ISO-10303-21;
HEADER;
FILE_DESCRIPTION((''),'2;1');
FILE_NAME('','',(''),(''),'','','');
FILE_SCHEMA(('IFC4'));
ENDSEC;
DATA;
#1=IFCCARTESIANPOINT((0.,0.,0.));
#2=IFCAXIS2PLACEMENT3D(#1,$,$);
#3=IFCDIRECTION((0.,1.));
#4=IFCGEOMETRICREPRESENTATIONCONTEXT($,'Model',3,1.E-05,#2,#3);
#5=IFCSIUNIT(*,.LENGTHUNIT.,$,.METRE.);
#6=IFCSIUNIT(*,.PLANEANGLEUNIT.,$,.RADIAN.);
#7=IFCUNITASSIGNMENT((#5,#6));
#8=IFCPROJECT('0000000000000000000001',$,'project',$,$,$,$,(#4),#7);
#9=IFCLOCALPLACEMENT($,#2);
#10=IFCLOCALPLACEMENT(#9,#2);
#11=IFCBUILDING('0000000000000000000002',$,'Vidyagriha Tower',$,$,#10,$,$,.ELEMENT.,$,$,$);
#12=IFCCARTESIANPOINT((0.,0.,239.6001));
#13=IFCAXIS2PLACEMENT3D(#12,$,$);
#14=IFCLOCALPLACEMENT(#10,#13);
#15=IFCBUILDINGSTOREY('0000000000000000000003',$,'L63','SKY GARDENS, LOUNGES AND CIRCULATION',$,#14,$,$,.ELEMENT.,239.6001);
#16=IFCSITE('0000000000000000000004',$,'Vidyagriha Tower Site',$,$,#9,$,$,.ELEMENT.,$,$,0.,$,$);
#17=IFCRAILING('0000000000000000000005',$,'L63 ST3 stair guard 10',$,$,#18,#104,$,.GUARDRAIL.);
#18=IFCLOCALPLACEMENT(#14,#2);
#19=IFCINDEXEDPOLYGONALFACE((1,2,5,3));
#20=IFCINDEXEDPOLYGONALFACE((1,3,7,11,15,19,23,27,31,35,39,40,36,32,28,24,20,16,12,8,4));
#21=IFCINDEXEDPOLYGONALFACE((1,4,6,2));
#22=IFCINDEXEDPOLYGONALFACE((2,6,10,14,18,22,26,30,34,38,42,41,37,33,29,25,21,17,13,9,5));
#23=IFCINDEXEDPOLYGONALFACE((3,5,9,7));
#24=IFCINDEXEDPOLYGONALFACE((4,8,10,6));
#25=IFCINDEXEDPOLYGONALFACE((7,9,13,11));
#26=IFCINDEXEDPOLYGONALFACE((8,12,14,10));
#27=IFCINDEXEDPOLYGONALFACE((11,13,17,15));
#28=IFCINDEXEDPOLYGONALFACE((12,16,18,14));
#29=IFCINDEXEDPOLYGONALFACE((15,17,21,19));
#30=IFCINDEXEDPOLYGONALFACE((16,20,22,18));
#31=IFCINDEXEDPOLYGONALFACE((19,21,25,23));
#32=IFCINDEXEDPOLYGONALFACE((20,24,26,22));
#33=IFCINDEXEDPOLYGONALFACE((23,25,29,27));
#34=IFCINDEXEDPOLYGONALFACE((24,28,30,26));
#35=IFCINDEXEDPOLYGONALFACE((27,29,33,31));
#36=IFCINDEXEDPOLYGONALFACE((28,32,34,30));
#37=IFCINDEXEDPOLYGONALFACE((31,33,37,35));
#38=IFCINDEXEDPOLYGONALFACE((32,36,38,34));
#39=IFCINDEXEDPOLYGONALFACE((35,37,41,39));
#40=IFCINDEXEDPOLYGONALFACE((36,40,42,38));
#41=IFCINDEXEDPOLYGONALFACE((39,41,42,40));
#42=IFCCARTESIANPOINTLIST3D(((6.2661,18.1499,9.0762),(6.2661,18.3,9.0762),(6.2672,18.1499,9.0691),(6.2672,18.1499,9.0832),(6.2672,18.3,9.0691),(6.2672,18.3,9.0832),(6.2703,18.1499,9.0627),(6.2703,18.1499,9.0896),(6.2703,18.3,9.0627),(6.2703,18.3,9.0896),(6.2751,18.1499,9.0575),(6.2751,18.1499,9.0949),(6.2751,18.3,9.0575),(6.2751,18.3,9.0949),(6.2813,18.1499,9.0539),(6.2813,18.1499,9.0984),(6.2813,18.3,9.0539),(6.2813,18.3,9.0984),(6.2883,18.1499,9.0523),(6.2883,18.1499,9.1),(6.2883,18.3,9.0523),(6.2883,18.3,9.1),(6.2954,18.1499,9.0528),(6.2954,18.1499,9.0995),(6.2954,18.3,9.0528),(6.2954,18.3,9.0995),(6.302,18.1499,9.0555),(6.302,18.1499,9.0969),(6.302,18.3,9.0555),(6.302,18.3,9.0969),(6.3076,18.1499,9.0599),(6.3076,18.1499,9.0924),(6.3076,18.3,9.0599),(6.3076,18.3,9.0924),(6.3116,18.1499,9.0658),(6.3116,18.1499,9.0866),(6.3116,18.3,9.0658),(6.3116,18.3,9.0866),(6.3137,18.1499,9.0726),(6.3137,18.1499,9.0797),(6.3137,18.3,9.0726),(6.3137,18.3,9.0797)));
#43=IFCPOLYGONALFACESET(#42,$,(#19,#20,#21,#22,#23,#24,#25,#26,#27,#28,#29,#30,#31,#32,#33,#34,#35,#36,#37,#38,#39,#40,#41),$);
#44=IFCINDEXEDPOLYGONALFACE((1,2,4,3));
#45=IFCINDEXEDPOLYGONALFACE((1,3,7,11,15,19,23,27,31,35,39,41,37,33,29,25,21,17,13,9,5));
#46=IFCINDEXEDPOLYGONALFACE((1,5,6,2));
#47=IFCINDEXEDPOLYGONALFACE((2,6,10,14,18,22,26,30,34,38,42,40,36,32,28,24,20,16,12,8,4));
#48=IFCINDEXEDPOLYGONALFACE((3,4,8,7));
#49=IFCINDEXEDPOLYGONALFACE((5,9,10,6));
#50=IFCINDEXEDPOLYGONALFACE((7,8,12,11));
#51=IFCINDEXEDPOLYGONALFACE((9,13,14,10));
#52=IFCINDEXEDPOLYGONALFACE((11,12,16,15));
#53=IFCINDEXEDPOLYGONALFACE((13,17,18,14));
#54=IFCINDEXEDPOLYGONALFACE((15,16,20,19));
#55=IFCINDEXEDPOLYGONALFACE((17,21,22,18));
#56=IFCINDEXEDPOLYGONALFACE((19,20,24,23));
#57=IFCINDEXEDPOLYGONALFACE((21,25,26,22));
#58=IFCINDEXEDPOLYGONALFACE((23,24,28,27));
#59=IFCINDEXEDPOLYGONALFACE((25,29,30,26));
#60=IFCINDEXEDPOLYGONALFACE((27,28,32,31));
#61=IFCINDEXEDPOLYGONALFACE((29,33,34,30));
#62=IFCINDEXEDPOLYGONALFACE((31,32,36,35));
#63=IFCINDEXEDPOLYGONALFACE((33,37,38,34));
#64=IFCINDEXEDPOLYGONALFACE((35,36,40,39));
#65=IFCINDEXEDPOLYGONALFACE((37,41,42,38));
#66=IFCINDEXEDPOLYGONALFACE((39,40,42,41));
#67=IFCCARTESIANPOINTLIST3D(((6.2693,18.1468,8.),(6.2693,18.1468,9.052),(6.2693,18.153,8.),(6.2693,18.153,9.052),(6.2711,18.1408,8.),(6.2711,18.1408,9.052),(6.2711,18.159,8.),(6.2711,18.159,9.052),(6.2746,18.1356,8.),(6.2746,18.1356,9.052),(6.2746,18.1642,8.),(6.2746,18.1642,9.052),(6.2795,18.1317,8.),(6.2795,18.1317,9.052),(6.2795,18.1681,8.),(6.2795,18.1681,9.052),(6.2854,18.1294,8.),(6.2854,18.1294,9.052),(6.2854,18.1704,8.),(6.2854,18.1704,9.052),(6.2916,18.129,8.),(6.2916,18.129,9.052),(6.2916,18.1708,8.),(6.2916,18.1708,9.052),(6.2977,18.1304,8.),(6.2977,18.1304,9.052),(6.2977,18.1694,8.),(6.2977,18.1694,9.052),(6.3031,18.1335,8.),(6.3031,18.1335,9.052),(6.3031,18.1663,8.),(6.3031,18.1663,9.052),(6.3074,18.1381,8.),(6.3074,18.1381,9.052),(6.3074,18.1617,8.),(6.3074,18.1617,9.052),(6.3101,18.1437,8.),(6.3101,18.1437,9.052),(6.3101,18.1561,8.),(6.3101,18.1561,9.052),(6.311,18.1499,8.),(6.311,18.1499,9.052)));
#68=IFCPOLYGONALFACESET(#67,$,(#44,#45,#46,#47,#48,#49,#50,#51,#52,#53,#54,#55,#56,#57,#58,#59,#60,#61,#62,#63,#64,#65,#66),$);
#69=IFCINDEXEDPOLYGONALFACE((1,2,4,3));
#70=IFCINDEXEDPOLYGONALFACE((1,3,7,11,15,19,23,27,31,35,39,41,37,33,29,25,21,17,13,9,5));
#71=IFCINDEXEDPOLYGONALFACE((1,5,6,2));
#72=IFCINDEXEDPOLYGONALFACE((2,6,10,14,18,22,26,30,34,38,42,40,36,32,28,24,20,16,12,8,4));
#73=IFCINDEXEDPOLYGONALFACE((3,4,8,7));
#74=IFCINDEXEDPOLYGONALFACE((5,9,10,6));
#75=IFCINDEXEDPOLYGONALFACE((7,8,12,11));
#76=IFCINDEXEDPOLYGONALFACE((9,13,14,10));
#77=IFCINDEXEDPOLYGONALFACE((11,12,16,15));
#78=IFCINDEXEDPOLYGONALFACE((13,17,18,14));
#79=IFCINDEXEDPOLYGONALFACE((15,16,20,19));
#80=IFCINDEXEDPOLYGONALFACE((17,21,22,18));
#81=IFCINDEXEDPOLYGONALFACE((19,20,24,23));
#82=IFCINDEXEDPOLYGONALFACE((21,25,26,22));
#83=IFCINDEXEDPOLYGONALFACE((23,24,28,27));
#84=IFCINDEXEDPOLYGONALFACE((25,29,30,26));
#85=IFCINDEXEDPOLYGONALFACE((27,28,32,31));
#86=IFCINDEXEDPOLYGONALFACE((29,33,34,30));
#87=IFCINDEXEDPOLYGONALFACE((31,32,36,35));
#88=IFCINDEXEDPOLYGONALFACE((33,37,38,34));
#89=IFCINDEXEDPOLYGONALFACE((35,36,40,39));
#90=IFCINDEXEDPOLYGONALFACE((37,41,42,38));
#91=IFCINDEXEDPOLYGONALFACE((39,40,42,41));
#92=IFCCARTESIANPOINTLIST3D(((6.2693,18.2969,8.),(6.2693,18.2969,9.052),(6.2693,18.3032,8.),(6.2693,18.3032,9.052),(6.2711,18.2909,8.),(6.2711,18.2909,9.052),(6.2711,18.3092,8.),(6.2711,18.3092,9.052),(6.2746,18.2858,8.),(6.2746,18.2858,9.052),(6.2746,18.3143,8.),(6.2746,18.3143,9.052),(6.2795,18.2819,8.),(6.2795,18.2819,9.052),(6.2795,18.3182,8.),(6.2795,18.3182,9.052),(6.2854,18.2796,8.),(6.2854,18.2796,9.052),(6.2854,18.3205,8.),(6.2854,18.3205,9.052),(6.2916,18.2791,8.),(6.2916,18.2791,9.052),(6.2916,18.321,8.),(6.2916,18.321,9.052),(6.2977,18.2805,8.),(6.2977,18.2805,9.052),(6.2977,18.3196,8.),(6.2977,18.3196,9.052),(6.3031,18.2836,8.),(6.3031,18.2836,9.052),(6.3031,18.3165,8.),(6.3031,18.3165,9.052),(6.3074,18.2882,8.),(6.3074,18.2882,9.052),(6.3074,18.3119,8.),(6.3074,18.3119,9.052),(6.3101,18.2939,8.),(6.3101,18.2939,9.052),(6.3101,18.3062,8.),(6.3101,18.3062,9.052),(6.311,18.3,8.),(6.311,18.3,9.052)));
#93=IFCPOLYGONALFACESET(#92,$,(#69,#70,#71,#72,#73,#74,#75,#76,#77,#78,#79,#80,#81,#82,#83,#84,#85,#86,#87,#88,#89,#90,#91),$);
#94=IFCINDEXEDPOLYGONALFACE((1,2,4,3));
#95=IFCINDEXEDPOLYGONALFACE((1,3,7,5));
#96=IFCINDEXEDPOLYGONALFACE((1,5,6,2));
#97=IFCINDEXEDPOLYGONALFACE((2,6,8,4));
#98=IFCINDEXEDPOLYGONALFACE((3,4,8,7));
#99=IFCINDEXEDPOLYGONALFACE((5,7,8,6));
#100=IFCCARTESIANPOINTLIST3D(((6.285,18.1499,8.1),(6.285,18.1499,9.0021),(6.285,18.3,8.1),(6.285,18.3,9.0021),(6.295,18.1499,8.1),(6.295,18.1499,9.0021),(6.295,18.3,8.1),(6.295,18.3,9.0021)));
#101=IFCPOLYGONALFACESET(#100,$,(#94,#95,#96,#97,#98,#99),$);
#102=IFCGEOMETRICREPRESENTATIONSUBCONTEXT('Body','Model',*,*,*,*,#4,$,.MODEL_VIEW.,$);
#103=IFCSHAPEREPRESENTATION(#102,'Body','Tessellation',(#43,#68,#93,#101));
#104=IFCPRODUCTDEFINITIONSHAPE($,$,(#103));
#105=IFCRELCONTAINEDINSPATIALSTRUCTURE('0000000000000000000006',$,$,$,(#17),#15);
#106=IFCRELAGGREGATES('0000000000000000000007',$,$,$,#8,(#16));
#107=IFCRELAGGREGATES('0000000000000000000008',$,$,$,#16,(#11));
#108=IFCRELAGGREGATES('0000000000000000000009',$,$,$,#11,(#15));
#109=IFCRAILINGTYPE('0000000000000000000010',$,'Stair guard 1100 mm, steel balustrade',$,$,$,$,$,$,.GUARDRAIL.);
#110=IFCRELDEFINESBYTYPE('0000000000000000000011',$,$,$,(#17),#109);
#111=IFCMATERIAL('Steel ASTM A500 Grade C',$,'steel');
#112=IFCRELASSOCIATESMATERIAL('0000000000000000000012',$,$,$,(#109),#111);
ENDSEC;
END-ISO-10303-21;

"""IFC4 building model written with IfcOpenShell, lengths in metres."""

from ifc_helpers import new_model, si_unit, direction, frame, origin, origin_2d, place, context, subcontext, project, spatial, rectangle, circle, extrude, material, type_object, element, save


model = new_model("IFC4")

# Units and contexts
model_context = context("Model", 3, precision=1e-05, world=origin(), true_north=direction((0.0, 1.0)))
body_context = subcontext(model_context, "Body", "Model", "MODEL_VIEW")
ifc_project = project(units=[si_unit("LENGTHUNIT", "METRE"), si_unit("PLANEANGLEUNIT", "RADIAN")], contexts=[model_context])

# Site, building, storey
site_placement = place(None, origin())
site = spatial("IfcSite", under=ifc_project, at=site_placement, Name="Vidyagriha Tower Site", CompositionType="ELEMENT", RefElevation=0.0)
building_placement = place(site_placement, origin())
building = spatial("IfcBuilding", under=site, at=building_placement, Name="Vidyagriha Tower", CompositionType="ELEMENT")
storey_placement = place(building_placement, frame((0.0, 0.0, 239.6001)))
storey = spatial("IfcBuildingStorey", under=building, at=storey_placement, Name="L63", Description="SKY GARDENS, LOUNGES AND CIRCULATION", CompositionType="ELEMENT", Elevation=239.6001)

# Railing
ifc_material_1 = material(Name="Steel ASTM A500 Grade C", Category="steel")
railing_type_1 = type_object("IfcRailingType", Name="Stair guard 1100 mm, steel balustrade", PredefinedType="GUARDRAIL", material=ifc_material_1)
railing_1_placement = place(storey_placement, frame((6.29, 18.1499, 8.0)))
element("IfcRailing", 1, at=railing_1_placement, inside=storey, type_object=railing_type_1, Name="L63 ST3 stair guard 10", PredefinedType="GUARDRAIL", context=body_context, shape_type="SweptSolid", body=[
    extrude(circle(Radius=0.0239, at=origin_2d()), frame((0.0, 0.0, 1.0762), z_axis=(0.0, 1.0, 0.0), x_axis=(-1.0, 0.0, 0.0)), (0.0, 0.0, 1.0), 0.1501),
    extrude(circle(Radius=0.021, at=origin_2d()), origin(), (0.0, 0.0, 1.0), 1.052),
    extrude(circle(Radius=0.021, at=origin_2d()), frame((0.0, 0.1501, 0.0)), (0.0, 0.0, 1.0), 1.052),
    extrude(rectangle(XDim=0.01, YDim=0.9021, at=origin_2d()), frame((0.0, 0.0, 0.551), z_axis=(0.0, 1.0, 0.0), x_axis=(-1.0, 0.0, 0.0)), (0.0, 0.0, 1.0), 0.1501),
])

save(model, "model.ifc")
